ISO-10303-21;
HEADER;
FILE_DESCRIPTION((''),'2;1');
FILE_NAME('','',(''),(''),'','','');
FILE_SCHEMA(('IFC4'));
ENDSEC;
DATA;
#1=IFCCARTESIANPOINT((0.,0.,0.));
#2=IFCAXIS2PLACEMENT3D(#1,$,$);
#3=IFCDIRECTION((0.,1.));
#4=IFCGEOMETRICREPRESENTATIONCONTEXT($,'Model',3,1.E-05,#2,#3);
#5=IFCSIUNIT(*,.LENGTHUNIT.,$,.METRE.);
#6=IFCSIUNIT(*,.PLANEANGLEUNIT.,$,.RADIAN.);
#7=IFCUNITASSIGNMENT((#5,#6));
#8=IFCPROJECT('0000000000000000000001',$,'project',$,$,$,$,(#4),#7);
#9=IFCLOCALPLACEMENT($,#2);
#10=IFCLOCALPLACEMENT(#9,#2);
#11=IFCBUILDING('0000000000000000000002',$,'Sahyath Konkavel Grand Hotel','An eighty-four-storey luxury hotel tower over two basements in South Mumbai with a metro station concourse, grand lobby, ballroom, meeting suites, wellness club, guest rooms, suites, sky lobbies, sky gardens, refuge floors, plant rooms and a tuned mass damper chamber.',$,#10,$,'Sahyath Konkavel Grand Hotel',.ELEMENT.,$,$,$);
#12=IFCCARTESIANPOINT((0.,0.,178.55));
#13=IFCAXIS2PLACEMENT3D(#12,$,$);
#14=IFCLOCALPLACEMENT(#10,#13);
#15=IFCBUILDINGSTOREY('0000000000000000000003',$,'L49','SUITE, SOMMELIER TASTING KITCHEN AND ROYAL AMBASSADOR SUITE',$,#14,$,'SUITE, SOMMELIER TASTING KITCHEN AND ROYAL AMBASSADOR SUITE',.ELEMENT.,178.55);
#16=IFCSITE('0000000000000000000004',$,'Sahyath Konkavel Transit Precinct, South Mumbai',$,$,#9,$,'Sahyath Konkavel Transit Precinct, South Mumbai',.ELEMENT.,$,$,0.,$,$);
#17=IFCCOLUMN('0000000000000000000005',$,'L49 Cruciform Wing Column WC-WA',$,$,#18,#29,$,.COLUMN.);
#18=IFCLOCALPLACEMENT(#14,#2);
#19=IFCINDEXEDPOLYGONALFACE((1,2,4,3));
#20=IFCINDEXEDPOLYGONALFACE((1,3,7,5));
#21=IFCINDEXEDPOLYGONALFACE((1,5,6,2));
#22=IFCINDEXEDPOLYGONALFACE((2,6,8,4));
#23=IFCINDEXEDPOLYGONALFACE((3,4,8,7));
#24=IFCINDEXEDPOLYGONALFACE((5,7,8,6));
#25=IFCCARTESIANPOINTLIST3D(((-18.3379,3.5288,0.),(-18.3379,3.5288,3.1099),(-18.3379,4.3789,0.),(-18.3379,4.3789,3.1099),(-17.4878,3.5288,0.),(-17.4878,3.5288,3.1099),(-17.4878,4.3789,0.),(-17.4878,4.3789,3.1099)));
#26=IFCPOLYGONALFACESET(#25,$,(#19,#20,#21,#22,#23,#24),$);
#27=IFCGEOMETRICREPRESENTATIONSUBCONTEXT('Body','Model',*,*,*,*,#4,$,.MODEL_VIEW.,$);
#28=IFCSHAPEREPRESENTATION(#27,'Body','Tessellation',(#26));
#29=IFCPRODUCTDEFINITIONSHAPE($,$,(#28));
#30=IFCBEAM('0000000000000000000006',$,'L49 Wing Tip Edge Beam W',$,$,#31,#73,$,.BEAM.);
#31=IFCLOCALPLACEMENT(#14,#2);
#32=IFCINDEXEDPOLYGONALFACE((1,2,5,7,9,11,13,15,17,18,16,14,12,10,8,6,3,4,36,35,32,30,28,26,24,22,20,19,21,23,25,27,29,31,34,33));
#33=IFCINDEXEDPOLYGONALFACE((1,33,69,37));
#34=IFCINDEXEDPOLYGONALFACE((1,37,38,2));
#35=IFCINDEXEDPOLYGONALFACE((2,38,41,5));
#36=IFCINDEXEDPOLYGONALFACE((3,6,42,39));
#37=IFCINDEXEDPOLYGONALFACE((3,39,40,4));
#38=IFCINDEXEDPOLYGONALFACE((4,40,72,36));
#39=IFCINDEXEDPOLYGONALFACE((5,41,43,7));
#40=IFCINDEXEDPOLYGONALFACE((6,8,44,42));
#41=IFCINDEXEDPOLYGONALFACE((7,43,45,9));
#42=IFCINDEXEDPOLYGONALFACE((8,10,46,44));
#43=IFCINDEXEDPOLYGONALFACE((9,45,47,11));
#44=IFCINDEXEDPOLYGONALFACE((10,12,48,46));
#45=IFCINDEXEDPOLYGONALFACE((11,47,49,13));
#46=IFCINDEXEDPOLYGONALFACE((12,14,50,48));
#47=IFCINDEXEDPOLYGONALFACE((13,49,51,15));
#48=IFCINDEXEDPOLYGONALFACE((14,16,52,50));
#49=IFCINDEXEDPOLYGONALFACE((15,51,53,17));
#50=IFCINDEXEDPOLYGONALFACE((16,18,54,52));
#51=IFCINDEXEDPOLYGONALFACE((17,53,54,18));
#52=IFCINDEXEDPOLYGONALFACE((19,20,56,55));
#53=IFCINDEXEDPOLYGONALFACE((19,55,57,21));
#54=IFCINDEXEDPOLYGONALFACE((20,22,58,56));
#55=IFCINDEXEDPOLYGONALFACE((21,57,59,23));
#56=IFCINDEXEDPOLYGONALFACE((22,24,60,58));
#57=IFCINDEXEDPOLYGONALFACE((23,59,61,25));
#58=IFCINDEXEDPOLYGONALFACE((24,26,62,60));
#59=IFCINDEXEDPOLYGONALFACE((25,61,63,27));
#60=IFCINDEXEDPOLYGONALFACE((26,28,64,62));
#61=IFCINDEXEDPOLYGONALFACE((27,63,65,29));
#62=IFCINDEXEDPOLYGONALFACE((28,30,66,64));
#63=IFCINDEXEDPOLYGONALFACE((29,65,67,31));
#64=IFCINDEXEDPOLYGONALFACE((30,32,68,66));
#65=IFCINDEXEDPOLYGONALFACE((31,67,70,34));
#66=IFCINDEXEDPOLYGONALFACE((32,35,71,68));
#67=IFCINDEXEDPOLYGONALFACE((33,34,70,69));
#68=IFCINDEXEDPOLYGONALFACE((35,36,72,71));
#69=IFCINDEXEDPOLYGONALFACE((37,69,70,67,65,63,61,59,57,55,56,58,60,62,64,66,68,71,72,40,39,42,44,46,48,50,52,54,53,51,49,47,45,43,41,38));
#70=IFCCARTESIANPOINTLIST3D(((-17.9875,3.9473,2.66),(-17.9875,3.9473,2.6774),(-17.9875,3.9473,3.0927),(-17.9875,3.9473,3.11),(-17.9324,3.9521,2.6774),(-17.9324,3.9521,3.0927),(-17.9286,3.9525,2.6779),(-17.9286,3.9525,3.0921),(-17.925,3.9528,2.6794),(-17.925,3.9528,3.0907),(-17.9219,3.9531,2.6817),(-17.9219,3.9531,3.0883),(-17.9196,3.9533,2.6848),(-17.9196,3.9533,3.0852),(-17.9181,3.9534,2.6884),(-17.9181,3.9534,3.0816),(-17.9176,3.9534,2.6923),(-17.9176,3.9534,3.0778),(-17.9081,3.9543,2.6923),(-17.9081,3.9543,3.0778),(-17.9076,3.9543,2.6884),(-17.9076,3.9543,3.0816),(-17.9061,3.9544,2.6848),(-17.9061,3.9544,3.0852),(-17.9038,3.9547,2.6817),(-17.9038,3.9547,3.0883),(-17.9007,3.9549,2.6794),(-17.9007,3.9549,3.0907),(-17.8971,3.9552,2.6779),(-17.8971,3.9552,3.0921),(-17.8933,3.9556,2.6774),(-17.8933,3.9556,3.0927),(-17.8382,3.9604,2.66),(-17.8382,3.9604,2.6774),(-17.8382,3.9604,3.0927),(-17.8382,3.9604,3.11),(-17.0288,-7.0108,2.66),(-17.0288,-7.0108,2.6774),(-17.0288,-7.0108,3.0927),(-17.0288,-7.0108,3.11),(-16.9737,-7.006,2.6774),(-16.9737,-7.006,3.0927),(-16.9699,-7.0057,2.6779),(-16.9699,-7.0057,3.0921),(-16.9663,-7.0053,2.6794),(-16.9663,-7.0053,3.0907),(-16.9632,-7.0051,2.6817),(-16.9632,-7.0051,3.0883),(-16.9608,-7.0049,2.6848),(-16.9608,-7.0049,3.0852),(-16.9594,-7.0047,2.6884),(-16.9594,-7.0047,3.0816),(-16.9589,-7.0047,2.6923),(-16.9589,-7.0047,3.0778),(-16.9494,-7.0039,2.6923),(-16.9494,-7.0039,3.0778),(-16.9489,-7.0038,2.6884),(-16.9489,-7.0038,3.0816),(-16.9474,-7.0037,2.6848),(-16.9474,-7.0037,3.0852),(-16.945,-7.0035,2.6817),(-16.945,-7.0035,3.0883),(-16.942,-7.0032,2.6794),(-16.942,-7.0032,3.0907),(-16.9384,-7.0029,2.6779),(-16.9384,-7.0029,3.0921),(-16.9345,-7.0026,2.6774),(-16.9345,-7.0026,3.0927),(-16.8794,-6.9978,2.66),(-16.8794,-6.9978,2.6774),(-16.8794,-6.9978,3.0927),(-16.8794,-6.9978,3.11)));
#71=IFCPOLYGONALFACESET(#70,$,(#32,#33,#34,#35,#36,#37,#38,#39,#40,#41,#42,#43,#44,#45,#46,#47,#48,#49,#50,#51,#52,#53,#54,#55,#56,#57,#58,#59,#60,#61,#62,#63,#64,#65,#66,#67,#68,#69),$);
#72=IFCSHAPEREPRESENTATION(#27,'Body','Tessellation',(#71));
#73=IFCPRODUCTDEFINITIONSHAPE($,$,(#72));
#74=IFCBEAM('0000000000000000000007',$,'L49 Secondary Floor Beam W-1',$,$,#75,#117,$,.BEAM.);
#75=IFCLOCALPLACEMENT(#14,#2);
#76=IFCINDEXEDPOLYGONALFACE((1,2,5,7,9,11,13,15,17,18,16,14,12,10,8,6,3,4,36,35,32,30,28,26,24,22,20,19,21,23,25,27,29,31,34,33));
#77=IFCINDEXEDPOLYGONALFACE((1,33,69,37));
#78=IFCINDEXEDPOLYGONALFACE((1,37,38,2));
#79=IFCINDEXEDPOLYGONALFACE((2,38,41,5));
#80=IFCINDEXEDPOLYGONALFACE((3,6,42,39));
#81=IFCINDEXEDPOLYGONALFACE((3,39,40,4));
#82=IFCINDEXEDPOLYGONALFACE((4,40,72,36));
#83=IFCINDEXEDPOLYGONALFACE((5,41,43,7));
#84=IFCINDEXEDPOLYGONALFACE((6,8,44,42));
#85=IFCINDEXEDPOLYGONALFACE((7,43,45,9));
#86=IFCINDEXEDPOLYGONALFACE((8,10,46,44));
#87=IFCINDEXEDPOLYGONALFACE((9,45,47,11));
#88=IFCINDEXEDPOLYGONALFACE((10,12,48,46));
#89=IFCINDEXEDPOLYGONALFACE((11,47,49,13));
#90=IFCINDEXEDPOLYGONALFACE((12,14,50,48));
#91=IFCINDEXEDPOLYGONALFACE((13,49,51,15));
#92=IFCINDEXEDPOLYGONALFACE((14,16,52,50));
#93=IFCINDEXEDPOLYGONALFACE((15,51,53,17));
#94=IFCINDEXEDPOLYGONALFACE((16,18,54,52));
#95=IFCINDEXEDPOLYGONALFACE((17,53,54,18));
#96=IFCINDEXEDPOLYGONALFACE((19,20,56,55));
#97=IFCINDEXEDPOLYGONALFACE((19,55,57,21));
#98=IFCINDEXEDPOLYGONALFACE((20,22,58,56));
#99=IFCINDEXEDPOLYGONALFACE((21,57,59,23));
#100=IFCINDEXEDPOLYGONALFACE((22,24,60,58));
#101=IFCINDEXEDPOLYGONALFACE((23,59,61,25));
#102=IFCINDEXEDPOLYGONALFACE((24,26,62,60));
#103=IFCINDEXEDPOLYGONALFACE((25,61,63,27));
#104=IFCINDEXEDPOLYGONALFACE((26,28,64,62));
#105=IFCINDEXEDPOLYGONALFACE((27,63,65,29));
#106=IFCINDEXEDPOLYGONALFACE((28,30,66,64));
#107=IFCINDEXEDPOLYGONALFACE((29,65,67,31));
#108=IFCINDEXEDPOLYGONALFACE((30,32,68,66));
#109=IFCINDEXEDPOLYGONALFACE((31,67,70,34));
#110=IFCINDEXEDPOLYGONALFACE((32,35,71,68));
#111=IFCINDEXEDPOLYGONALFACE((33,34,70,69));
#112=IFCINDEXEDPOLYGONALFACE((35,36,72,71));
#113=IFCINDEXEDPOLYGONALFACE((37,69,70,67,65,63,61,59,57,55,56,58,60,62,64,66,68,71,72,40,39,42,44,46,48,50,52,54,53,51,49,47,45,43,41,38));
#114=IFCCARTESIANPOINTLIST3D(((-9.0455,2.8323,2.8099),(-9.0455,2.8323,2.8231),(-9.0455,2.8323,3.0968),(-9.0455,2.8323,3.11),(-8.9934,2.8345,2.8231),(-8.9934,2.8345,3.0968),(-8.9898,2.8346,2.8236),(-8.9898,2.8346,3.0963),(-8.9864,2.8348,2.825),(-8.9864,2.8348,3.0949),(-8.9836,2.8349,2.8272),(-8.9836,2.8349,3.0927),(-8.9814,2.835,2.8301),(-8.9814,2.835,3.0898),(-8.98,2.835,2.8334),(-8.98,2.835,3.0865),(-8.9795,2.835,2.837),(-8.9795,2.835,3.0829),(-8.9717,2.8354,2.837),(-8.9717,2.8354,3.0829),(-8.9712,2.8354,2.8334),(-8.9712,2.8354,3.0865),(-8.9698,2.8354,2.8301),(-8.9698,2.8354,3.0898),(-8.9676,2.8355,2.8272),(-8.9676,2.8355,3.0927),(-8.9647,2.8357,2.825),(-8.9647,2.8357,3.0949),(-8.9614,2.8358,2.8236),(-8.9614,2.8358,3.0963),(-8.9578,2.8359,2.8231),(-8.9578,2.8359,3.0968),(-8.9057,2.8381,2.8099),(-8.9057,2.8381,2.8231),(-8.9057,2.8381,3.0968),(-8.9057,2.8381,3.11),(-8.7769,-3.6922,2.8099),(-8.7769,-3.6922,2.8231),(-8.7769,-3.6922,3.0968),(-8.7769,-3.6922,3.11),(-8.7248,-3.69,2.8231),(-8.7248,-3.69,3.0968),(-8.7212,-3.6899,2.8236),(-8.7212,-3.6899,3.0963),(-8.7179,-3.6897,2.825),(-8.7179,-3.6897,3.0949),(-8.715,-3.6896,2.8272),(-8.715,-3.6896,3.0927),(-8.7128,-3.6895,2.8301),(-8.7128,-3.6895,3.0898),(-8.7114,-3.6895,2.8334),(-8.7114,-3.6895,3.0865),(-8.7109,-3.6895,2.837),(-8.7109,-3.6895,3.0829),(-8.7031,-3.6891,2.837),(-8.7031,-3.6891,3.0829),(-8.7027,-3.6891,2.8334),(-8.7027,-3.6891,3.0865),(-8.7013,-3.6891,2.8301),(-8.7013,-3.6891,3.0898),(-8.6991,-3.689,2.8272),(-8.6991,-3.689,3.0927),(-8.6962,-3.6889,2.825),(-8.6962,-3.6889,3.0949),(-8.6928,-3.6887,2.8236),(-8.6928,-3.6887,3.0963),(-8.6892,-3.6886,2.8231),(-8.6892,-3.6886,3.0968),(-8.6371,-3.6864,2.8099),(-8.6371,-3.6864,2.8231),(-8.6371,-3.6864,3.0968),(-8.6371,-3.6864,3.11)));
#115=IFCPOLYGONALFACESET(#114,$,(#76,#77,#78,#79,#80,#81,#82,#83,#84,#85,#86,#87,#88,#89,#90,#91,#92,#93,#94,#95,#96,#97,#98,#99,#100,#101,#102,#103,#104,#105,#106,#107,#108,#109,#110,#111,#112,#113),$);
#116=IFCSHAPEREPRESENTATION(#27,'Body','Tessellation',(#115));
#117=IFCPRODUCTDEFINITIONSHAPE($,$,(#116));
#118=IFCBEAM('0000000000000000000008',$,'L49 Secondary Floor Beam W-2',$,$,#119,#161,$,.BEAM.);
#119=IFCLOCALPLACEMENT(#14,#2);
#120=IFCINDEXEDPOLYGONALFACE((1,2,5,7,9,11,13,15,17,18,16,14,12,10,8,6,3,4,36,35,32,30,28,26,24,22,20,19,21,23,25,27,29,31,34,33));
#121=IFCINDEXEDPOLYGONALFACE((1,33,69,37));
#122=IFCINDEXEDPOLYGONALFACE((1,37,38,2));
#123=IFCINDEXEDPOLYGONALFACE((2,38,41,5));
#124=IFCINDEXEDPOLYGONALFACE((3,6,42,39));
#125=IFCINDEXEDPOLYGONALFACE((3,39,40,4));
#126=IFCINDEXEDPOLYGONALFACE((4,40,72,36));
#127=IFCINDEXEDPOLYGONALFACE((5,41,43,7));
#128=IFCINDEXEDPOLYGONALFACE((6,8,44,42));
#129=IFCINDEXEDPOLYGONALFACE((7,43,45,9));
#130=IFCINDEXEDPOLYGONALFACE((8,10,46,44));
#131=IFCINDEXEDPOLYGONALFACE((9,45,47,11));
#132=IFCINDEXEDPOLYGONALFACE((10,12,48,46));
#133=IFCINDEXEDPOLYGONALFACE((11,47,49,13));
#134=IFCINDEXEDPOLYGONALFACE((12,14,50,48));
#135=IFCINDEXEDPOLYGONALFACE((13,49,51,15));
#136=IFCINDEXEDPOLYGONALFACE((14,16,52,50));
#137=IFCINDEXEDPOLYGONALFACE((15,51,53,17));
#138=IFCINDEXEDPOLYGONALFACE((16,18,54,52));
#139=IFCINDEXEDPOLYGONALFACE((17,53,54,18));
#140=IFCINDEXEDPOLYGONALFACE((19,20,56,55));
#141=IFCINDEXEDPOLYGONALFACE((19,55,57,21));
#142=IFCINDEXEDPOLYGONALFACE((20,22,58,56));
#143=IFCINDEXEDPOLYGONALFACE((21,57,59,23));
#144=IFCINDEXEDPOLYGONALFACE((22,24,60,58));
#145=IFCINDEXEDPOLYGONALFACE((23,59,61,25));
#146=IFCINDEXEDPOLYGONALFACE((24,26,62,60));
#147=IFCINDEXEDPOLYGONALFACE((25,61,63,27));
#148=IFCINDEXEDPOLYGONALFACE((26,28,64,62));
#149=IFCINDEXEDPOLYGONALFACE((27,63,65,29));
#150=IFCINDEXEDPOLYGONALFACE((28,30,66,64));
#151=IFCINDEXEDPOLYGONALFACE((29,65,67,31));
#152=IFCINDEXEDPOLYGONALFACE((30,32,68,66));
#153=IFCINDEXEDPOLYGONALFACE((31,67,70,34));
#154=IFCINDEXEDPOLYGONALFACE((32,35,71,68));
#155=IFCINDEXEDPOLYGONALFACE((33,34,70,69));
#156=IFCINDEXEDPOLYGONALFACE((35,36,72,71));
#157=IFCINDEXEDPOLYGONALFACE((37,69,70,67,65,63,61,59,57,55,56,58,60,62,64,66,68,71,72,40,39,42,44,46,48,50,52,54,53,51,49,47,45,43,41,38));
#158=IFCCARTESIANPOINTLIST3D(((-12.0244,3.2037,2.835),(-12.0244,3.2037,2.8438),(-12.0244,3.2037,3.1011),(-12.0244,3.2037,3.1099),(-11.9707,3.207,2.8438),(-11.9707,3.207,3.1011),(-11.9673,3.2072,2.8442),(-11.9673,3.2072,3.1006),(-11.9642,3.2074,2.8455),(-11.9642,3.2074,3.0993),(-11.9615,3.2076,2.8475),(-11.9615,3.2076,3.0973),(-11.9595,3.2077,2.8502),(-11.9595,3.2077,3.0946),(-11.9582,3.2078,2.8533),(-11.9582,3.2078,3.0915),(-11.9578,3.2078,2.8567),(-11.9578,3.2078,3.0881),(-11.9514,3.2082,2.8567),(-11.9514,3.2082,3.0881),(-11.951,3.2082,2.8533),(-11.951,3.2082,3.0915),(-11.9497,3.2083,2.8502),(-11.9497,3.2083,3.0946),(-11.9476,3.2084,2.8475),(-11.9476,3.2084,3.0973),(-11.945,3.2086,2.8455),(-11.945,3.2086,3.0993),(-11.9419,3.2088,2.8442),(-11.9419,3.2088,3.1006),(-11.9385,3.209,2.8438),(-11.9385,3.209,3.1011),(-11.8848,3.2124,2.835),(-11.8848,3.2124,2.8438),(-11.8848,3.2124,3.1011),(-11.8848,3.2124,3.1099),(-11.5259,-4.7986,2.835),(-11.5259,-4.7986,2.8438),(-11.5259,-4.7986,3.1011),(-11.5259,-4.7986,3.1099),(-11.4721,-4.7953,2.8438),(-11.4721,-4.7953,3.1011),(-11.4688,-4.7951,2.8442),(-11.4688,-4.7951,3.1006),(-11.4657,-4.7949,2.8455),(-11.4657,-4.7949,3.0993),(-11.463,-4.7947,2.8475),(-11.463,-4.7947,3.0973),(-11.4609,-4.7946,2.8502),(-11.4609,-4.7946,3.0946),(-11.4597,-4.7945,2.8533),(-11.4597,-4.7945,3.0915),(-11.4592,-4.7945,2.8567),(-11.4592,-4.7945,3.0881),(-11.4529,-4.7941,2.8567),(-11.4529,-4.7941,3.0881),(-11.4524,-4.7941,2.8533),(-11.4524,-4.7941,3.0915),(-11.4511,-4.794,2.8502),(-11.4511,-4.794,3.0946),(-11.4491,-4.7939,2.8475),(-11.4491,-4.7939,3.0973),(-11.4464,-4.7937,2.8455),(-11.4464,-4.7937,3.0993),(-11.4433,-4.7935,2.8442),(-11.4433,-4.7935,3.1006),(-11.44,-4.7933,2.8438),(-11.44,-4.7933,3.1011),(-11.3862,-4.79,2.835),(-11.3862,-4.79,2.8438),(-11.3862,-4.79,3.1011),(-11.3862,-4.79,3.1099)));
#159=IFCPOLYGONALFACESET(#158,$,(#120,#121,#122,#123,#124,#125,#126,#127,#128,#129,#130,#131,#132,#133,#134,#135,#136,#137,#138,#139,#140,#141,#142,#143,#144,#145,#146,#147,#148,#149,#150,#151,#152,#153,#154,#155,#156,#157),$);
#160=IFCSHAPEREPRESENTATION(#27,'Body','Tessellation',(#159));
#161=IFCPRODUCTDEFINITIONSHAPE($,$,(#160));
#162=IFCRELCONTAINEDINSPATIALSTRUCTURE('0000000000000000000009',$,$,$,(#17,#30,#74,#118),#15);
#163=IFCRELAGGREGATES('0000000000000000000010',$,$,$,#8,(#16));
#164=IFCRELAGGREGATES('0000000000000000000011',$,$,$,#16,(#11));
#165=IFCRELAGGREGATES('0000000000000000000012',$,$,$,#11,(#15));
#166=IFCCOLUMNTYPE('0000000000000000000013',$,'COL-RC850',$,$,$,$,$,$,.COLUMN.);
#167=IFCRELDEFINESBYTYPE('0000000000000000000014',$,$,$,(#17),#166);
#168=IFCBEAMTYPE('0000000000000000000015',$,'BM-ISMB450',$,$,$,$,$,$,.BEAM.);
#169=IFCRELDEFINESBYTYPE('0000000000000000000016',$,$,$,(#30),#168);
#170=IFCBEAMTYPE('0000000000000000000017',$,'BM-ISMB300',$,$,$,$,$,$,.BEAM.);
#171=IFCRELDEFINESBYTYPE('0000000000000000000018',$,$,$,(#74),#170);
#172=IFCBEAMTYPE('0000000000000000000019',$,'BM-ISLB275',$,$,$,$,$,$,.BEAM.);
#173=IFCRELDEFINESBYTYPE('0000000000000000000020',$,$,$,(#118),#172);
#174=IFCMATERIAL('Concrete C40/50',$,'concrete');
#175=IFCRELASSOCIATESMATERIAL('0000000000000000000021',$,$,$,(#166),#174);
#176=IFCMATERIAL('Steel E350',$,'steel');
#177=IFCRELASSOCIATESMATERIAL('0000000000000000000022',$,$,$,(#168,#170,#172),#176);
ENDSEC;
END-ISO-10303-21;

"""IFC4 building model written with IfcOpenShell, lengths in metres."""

from ifc_helpers import new_model, si_unit, direction, frame, origin, origin_2d, place, context, subcontext, project, spatial, rectangle, i_section, extrude, source, transform, mapped, material, material_profile, profile_set, type_object, element, save


model = new_model("IFC4")

# Units and contexts
model_context = context("Model", 3, precision=1e-05, world=origin(), true_north=direction((0.0, 1.0)))
body_context = subcontext(model_context, "Body", "Model", "MODEL_VIEW")
ifc_project = project(units=[si_unit("LENGTHUNIT", "METRE"), si_unit("PLANEANGLEUNIT", "RADIAN")], contexts=[model_context])

# Site, building, storey
site_placement = place(None, origin())
site = spatial("IfcSite", under=ifc_project, at=site_placement, Name="Sahyath Konkavel Transit Precinct, South Mumbai", LongName="Sahyath Konkavel Transit Precinct, South Mumbai", CompositionType="ELEMENT", RefElevation=0.0)
building_placement = place(site_placement, origin())
building = spatial("IfcBuilding", under=site, at=building_placement, Name="Sahyath Konkavel Grand Hotel", Description="An eighty-four-storey luxury hotel tower over two basements in South Mumbai with a metro station concourse, grand lobby, ballroom, meeting suites, wellness club, guest rooms, suites, sky lobbies, sky gardens, refuge floors, plant rooms and a tuned mass damper chamber.", LongName="Sahyath Konkavel Grand Hotel", CompositionType="ELEMENT")
storey_placement = place(building_placement, frame((0.0, 0.0, 178.55)))
storey = spatial("IfcBuildingStorey", under=building, at=storey_placement, Name="L49", Description="SUITE, SOMMELIER TASTING KITCHEN AND ROYAL AMBASSADOR SUITE", LongName="SUITE, SOMMELIER TASTING KITCHEN AND ROYAL AMBASSADOR SUITE", CompositionType="ELEMENT", Elevation=178.55)

# Column
ifc_material_1 = material(Name="Concrete C40/50", Category="concrete")
ifc_material_profile_1 = material_profile(ifc_material_1, rectangle(XDim=0.8501, YDim=0.8501, at=origin_2d()), Name="RC 850x850")
ifc_profile_set_1 = profile_set([ifc_material_profile_1], Name="Concrete C40/50")
column_type = type_object("IfcColumnType", Name="COL-RC850", PredefinedType="COLUMN", material=ifc_profile_set_1)
shared_shape_1 = source(origin(), body_context, "Body", "SweptSolid", [
    extrude(rectangle(XDim=0.8501, YDim=0.8501, at=origin_2d()), origin(), (0.0, 0.0, 1.0), 3.1099),
])
column_placement = place(storey_placement, frame((-17.9128, 3.9539, 0.0), z_axis=(0.0, 0.0, 1.0), x_axis=(1.0, 0.0, 0.0)))
element("IfcColumn", 1, at=column_placement, inside=storey, type_object=column_type, Name="L49 Cruciform Wing Column WC-WA", PredefinedType="COLUMN", context=body_context, shape_type="MappedRepresentation", body=[
    mapped(shared_shape_1, transform((0.0, 0.0, 0.0), scale=1.0)),
])

# Beams
ifc_material_2 = material(Name="Steel E350", Category="steel")
ifc_material_profile_2 = material_profile(ifc_material_2, i_section(OverallWidth=0.1499, OverallDepth=0.45, WebThickness=0.0095, FlangeThickness=0.0173, FilletRadius=0.0149, at=origin_2d()), Name="ISMB 450")
ifc_profile_set_2 = profile_set([ifc_material_profile_2], Name="Steel E350")
beam_type_1 = type_object("IfcBeamType", Name="BM-ISMB450", PredefinedType="BEAM", material=ifc_profile_set_2)
shared_shape_2 = source(origin(), body_context, "Body", "SweptSolid", [
    extrude(i_section(OverallWidth=0.1499, OverallDepth=0.45, WebThickness=0.0095, FlangeThickness=0.0173, FilletRadius=0.0149, at=origin_2d()), origin(), (0.0, 0.0, 1.0), 11.0),
])
beam_1_placement = place(storey_placement, frame((-17.9128, 3.9539, 2.885), z_axis=(0.087157, -0.996195, 0.0), x_axis=(0.996195, 0.087157, 0.0)))
element("IfcBeam", 2, at=beam_1_placement, inside=storey, type_object=beam_type_1, Name="L49 Wing Tip Edge Beam W", PredefinedType="BEAM", context=body_context, shape_type="MappedRepresentation", body=[
    mapped(shared_shape_2, transform((0.0, 0.0, 0.0), scale=1.0)),
])
ifc_material_profile_3 = material_profile(ifc_material_2, i_section(OverallWidth=0.1399, OverallDepth=0.3, WebThickness=0.0078, FlangeThickness=0.0132, FilletRadius=0.0139, at=origin_2d()), Name="ISMB 300")
ifc_profile_set_3 = profile_set([ifc_material_profile_3], Name="Steel E350")
beam_type_2 = type_object("IfcBeamType", Name="BM-ISMB300", PredefinedType="BEAM", material=ifc_profile_set_3)
shared_shape_3 = source(origin(), body_context, "Body", "SweptSolid", [
    extrude(i_section(OverallWidth=0.1399, OverallDepth=0.3, WebThickness=0.0078, FlangeThickness=0.0132, FilletRadius=0.0139, at=origin_2d()), origin(), (0.0, 0.0, 1.0), 6.53),
])
beam_2_placement = place(storey_placement, frame((-8.9756, 2.8352, 2.96), z_axis=(0.041127, -0.999154, 0.0), x_axis=(0.999154, 0.041127, 0.0)))
element("IfcBeam", 3, at=beam_2_placement, inside=storey, type_object=beam_type_2, Name="L49 Secondary Floor Beam W-1", PredefinedType="BEAM", context=body_context, shape_type="MappedRepresentation", body=[
    mapped(shared_shape_3, transform((0.0, 0.0, 0.0), scale=1.0)),
])
ifc_material_profile_4 = material_profile(ifc_material_2, i_section(OverallWidth=0.1399, OverallDepth=0.2749, WebThickness=0.0063, FlangeThickness=0.0088, FilletRadius=0.0129, at=origin_2d()), Name="ISLB 275")
ifc_profile_set_4 = profile_set([ifc_material_profile_4], Name="Steel E350")
beam_type_3 = type_object("IfcBeamType", Name="BM-ISLB275", PredefinedType="BEAM", material=ifc_profile_set_4)
shared_shape_4 = source(origin(), body_context, "Body", "SweptSolid", [
    extrude(i_section(OverallWidth=0.1399, OverallDepth=0.2749, WebThickness=0.0063, FlangeThickness=0.0088, FilletRadius=0.0129, at=origin_2d()), origin(), (0.0, 0.0, 1.0), 8.0178),
])
beam_3_placement = place(storey_placement, frame((-11.9546, 3.208, 2.9724), z_axis=(0.062179, -0.998065, 0.0), x_axis=(0.998065, 0.062179, 0.0)))
element("IfcBeam", 4, at=beam_3_placement, inside=storey, type_object=beam_type_3, Name="L49 Secondary Floor Beam W-2", PredefinedType="BEAM", context=body_context, shape_type="MappedRepresentation", body=[
    mapped(shared_shape_4, transform((0.0, 0.0, 0.0), scale=1.0)),
])

save(model, "model.ifc")
